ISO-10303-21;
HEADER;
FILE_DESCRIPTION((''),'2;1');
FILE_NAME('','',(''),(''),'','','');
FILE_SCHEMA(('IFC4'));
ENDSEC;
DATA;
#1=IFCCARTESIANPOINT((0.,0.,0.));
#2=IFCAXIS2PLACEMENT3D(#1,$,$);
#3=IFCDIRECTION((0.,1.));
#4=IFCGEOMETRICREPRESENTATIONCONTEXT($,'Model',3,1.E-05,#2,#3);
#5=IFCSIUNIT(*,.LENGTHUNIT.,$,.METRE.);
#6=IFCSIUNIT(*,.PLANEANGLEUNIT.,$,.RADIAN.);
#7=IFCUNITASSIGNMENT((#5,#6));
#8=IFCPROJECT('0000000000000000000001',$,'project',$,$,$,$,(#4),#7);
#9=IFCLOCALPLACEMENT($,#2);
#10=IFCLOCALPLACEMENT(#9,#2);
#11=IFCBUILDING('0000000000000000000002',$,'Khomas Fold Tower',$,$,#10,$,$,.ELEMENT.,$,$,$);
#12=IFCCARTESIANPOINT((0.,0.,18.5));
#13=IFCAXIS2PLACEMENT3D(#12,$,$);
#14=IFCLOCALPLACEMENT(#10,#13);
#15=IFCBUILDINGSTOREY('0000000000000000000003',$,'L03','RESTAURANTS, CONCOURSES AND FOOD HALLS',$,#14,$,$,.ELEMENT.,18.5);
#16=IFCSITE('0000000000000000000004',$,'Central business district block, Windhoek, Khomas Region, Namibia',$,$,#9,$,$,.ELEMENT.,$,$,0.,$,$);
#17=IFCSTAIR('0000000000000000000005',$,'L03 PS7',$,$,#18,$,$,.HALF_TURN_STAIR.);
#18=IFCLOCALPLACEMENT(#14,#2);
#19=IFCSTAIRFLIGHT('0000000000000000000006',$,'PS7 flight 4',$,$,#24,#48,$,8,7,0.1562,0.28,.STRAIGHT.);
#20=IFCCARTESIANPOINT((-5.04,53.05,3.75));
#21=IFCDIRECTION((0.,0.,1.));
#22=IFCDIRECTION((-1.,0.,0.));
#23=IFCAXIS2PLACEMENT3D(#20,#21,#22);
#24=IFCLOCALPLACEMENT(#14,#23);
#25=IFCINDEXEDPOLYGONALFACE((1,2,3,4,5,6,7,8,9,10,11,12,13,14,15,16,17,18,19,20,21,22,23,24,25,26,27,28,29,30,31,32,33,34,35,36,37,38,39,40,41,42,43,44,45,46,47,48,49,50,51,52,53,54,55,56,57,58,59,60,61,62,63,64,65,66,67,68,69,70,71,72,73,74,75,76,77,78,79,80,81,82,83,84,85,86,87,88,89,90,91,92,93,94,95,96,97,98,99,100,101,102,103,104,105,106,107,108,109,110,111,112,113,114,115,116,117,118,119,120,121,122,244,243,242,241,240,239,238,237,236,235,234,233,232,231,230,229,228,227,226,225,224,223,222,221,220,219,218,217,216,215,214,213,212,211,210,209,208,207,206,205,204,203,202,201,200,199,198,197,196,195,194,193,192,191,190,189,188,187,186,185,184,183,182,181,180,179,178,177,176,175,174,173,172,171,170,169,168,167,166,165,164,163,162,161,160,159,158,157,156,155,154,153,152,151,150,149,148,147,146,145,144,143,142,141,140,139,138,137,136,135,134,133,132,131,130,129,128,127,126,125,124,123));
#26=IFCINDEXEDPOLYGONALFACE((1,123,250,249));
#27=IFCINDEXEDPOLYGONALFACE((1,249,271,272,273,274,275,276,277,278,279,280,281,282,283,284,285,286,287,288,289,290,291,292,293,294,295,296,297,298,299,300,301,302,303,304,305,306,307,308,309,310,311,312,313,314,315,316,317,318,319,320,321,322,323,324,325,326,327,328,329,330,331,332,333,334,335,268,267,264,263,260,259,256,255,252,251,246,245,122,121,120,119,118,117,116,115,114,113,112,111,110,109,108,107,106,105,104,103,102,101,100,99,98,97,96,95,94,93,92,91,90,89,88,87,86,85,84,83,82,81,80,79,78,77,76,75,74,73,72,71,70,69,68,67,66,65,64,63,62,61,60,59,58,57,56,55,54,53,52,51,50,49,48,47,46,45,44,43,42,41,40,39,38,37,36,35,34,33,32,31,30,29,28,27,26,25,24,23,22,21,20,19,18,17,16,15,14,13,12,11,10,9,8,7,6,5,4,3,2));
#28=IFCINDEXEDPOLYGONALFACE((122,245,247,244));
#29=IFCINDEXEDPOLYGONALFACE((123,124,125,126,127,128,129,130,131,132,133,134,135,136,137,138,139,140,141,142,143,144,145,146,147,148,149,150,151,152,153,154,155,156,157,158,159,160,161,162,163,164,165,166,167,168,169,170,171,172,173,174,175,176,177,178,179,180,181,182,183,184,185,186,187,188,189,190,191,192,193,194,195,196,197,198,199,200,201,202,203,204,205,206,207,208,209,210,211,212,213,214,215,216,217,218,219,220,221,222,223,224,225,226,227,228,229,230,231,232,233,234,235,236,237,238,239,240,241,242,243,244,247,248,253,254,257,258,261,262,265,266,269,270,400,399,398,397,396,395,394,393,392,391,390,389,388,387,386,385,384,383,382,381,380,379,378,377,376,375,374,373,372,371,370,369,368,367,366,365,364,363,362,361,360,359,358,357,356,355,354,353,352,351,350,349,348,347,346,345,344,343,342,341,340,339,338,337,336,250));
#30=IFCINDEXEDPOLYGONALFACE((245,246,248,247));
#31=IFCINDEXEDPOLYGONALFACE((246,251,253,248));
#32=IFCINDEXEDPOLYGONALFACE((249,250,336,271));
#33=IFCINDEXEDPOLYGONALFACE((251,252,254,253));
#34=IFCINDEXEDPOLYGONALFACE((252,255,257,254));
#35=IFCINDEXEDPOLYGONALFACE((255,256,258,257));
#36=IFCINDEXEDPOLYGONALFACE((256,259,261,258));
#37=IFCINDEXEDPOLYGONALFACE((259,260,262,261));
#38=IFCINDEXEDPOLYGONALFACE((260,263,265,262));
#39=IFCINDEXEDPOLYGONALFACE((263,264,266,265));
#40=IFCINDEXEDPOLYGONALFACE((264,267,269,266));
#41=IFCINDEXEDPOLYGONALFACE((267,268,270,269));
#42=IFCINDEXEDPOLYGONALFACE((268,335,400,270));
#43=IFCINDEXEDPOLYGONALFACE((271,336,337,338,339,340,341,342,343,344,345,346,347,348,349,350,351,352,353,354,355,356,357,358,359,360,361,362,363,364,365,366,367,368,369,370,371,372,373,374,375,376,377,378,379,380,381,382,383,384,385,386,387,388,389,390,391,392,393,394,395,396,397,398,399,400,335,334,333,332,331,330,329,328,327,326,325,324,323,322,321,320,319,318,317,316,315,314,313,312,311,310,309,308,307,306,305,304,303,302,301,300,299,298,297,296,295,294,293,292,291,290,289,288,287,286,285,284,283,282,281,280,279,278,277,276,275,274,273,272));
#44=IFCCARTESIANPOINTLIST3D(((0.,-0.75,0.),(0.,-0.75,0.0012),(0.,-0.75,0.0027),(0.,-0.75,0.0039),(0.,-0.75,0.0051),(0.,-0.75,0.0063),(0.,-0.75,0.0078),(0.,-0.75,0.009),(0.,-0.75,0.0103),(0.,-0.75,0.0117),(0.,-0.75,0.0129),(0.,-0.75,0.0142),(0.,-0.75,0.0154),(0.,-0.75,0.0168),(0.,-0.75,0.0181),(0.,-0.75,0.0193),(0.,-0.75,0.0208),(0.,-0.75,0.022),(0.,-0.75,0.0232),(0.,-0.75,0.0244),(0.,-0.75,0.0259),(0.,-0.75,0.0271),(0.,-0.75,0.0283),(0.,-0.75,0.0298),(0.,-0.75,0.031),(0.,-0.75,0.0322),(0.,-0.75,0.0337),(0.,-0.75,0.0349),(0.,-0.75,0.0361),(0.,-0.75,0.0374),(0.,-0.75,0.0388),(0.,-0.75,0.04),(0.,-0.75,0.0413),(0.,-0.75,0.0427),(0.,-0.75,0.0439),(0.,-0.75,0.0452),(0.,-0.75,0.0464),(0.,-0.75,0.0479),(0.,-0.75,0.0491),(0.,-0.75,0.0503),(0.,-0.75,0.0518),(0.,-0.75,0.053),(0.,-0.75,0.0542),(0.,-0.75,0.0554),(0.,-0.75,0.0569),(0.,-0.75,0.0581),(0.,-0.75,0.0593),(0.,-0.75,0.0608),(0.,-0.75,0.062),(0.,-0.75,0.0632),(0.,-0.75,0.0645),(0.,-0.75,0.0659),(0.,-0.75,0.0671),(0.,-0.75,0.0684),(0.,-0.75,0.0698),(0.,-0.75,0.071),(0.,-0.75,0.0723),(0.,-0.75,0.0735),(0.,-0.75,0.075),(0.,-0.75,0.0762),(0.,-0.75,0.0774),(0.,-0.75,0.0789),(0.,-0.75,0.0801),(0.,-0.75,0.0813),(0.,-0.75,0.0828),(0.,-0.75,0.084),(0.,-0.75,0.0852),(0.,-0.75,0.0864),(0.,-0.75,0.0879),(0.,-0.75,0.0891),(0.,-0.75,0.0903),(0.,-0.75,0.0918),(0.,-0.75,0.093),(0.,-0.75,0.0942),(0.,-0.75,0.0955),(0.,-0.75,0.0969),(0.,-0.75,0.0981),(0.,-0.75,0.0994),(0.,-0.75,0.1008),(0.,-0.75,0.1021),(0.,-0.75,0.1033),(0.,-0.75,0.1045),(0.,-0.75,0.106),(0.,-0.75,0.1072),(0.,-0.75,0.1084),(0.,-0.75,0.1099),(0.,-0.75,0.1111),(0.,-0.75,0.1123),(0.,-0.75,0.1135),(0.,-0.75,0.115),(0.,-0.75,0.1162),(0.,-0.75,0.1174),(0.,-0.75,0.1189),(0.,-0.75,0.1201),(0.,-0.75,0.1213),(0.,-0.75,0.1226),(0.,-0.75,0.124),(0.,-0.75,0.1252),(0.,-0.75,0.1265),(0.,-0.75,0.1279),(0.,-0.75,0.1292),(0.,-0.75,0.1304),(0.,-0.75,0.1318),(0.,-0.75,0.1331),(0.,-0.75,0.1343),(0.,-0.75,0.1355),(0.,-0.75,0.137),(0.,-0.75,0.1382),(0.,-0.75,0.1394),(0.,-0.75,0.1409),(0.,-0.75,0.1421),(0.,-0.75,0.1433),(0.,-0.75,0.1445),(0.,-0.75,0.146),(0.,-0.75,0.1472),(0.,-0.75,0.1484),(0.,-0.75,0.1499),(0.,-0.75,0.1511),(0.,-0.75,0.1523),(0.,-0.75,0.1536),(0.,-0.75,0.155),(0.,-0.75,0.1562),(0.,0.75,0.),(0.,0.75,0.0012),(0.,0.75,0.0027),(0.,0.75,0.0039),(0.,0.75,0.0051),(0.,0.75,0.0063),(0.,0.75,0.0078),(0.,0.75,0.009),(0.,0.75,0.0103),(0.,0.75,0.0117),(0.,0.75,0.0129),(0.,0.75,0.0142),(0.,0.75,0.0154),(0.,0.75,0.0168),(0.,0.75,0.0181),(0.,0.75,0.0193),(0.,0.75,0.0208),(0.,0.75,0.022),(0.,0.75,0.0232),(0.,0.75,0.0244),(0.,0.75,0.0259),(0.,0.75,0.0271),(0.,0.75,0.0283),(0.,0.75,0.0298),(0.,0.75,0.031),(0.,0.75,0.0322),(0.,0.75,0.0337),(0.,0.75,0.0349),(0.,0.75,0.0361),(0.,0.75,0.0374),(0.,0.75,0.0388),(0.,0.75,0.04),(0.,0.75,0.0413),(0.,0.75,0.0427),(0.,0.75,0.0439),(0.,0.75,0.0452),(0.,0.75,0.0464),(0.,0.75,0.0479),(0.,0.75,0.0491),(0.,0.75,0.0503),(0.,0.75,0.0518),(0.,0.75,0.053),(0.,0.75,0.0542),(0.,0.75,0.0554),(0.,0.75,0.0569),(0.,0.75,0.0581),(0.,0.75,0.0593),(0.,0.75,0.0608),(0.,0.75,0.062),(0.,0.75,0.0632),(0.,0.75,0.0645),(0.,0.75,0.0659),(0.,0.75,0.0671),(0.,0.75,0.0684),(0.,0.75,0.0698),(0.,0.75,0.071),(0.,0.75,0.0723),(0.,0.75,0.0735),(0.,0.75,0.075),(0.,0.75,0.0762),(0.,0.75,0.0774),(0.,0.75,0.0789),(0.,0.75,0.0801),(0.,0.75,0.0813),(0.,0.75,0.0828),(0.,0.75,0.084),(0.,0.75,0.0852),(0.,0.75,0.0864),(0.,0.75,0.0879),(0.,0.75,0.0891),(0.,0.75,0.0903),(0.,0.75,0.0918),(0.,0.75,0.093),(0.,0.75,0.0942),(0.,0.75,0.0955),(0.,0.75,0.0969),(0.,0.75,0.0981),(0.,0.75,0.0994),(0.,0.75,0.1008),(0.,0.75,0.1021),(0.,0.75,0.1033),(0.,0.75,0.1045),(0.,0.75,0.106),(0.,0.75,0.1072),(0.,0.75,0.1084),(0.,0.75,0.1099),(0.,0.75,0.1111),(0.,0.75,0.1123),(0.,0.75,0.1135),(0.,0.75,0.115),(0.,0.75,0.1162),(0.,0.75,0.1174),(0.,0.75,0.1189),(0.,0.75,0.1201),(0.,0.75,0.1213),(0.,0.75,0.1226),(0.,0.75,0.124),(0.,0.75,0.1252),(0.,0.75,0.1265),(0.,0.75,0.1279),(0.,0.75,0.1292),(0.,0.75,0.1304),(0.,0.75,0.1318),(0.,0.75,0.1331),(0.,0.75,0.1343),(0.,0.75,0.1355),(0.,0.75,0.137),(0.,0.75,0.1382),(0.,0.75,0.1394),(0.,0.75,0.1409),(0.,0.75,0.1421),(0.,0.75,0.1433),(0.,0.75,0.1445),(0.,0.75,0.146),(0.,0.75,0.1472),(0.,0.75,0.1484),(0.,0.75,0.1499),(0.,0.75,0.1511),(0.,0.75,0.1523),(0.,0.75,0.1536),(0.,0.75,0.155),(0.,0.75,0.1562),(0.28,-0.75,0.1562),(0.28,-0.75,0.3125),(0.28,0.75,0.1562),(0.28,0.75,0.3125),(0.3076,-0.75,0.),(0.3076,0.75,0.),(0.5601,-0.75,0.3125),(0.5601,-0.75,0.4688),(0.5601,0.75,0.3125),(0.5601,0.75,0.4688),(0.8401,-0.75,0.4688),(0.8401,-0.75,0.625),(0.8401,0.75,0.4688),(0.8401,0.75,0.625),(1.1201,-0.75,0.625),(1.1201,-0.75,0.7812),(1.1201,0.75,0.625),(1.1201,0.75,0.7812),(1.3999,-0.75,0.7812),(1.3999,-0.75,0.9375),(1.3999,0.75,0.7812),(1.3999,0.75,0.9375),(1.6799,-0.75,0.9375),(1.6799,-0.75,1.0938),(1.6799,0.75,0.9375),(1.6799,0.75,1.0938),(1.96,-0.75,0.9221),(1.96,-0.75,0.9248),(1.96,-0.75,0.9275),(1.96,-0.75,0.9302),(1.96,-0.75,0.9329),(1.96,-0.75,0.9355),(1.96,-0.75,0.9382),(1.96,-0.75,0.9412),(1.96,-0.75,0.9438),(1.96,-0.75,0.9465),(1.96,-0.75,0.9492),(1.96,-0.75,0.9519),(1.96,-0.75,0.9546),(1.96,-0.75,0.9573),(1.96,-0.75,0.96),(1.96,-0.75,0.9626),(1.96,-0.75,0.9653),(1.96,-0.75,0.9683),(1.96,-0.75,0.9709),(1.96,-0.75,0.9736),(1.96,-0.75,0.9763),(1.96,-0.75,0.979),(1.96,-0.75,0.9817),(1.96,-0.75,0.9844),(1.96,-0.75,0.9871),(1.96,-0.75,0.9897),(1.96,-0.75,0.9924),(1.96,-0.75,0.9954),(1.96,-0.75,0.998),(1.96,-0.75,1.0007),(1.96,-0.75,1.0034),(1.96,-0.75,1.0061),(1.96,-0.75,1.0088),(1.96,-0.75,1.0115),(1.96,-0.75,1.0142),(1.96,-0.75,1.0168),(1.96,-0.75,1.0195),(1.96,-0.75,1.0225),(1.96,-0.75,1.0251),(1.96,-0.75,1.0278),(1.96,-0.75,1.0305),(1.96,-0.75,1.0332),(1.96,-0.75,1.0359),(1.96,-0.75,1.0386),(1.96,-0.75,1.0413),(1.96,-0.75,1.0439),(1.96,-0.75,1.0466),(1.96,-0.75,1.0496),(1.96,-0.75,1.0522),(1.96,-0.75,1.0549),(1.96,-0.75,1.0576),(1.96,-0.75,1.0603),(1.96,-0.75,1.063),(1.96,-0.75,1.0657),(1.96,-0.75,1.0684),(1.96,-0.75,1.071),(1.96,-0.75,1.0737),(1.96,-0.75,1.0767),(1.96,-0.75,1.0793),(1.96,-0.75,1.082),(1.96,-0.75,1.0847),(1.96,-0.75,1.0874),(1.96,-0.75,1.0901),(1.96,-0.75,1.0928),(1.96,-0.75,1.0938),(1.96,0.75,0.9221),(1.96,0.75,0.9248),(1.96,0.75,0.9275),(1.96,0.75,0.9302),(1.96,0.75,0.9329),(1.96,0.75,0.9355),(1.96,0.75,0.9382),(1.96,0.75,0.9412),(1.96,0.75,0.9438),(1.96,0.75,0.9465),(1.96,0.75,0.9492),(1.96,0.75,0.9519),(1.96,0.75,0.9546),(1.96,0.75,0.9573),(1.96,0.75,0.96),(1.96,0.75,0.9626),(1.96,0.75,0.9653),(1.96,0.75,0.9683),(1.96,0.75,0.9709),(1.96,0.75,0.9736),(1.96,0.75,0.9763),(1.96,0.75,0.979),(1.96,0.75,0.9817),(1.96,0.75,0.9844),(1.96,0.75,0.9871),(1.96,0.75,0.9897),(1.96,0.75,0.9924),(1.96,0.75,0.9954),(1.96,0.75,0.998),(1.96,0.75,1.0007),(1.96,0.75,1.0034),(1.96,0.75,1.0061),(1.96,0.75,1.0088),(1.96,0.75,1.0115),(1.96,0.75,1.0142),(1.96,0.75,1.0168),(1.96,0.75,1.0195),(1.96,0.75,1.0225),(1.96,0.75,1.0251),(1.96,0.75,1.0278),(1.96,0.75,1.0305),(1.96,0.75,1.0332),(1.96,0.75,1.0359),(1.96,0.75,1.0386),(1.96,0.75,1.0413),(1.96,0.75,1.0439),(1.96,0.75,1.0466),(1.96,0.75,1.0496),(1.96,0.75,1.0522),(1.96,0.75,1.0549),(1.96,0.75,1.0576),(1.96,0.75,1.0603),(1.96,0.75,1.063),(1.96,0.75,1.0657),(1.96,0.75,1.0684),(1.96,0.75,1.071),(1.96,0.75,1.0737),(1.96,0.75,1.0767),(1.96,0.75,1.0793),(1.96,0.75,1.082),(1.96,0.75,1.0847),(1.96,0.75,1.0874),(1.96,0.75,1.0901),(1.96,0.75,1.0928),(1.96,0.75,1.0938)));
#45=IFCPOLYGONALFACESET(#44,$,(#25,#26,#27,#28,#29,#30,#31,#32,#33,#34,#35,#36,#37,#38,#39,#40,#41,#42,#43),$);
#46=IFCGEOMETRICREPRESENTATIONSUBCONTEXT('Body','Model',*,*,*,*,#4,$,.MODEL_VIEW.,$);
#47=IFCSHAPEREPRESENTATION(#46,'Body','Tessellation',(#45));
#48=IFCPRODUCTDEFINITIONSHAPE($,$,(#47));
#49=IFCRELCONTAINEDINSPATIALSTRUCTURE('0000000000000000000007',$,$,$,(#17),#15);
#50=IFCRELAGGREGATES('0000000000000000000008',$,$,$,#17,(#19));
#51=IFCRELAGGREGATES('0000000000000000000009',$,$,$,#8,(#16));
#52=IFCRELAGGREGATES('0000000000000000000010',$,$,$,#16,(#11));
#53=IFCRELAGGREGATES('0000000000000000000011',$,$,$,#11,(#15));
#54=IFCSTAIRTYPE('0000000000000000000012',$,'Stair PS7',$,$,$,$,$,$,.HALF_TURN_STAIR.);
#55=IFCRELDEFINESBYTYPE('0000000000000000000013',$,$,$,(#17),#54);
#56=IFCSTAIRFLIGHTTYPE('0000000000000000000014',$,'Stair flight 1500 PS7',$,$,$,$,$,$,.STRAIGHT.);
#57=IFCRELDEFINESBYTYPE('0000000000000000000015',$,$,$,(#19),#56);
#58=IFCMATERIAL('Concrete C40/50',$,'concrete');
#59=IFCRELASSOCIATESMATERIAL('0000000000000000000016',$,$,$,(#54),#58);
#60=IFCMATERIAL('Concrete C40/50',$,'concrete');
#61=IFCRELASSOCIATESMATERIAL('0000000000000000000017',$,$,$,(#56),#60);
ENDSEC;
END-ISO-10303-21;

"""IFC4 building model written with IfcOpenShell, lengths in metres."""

from ifc_helpers import new_model, si_unit, direction, frame, origin, place, context, subcontext, project, spatial, polyline, outline, extrude, source, transform, mapped, material, type_object, element, aggregate, save


model = new_model("IFC4")

# Units and contexts
model_context = context("Model", 3, precision=1e-05, world=origin(), true_north=direction((0.0, 1.0)))
body_context = subcontext(model_context, "Body", "Model", "MODEL_VIEW")
ifc_project = project(units=[si_unit("LENGTHUNIT", "METRE"), si_unit("PLANEANGLEUNIT", "RADIAN")], contexts=[model_context])

# Site, building, storey
site_placement = place(None, origin())
site = spatial("IfcSite", under=ifc_project, at=site_placement, Name="Central business district block, Windhoek, Khomas Region, Namibia", CompositionType="ELEMENT", RefElevation=0.0)
building_placement = place(site_placement, origin())
building = spatial("IfcBuilding", under=site, at=building_placement, Name="Khomas Fold Tower", CompositionType="ELEMENT")
storey_placement = place(building_placement, frame((0.0, 0.0, 18.5)))
storey = spatial("IfcBuildingStorey", under=building, at=storey_placement, Name="L03", Description="RESTAURANTS, CONCOURSES AND FOOD HALLS", CompositionType="ELEMENT", Elevation=18.5)

# Stair, stair flight
ifc_material_1 = material(Name="Concrete C40/50", Category="concrete")
stair_type = type_object("IfcStairType", Name="Stair PS7", PredefinedType="HALF_TURN_STAIR", material=ifc_material_1)
stair_placement = place(storey_placement, origin())
stair = element("IfcStair", 1, at=stair_placement, inside=storey, type_object=stair_type, Name="L03 PS7", PredefinedType="HALF_TURN_STAIR")
ifc_material_2 = material(Name="Concrete C40/50", Category="concrete")
stair_flight_type = type_object("IfcStairFlightType", Name="Stair flight 1500 PS7", PredefinedType="STRAIGHT", material=ifc_material_2)
shared_shape_1 = source(origin(), body_context, "Body", "SweptSolid", [
    extrude(outline(polyline([(0.0, 0.0), (0.0, 0.0012), (0.0, 0.0027), (0.0, 0.0039), (0.0, 0.0051), (0.0, 0.0063), (0.0, 0.0078), (0.0, 0.009), (0.0, 0.0103), (0.0, 0.0117), (0.0, 0.0129), (0.0, 0.0142), (0.0, 0.0154), (0.0, 0.0168), (0.0, 0.0181), (0.0, 0.0193), (0.0, 0.0208), (0.0, 0.022), (0.0, 0.0232), (0.0, 0.0244), (0.0, 0.0259), (0.0, 0.0271), (0.0, 0.0283), (0.0, 0.0298), (0.0, 0.031), (0.0, 0.0322), (0.0, 0.0337), (0.0, 0.0349), (0.0, 0.0361), (0.0, 0.0374), (0.0, 0.0388), (0.0, 0.04), (0.0, 0.0413), (0.0, 0.0427), (0.0, 0.0439), (0.0, 0.0452), (0.0, 0.0464), (0.0, 0.0479), (0.0, 0.0491), (0.0, 0.0503), (0.0, 0.0518), (0.0, 0.053), (0.0, 0.0542), (0.0, 0.0554), (0.0, 0.0569), (0.0, 0.0581), (0.0, 0.0593), (0.0, 0.0608), (0.0, 0.062), (0.0, 0.0632), (0.0, 0.0645), (0.0, 0.0659), (0.0, 0.0671), (0.0, 0.0684), (0.0, 0.0698), (0.0, 0.071), (0.0, 0.0723), (0.0, 0.0735), (0.0, 0.075), (0.0, 0.0762), (0.0, 0.0774), (0.0, 0.0789), (0.0, 0.0801), (0.0, 0.0813), (0.0, 0.0828), (0.0, 0.084), (0.0, 0.0852), (0.0, 0.0864), (0.0, 0.0879), (0.0, 0.0891), (0.0, 0.0903), (0.0, 0.0918), (0.0, 0.093), (0.0, 0.0942), (0.0, 0.0955), (0.0, 0.0969), (0.0, 0.0981), (0.0, 0.0994), (0.0, 0.1008), (0.0, 0.1021), (0.0, 0.1033), (0.0, 0.1045), (0.0, 0.106), (0.0, 0.1072), (0.0, 0.1084), (0.0, 0.1099), (0.0, 0.1111), (0.0, 0.1123), (0.0, 0.1135), (0.0, 0.115), (0.0, 0.1162), (0.0, 0.1174), (0.0, 0.1189), (0.0, 0.1201), (0.0, 0.1213), (0.0, 0.1226), (0.0, 0.124), (0.0, 0.1252), (0.0, 0.1265), (0.0, 0.1279), (0.0, 0.1292), (0.0, 0.1304), (0.0, 0.1318), (0.0, 0.1331), (0.0, 0.1343), (0.0, 0.1355), (0.0, 0.137), (0.0, 0.1382), (0.0, 0.1394), (0.0, 0.1409), (0.0, 0.1421), (0.0, 0.1433), (0.0, 0.1445), (0.0, 0.146), (0.0, 0.1472), (0.0, 0.1484), (0.0, 0.1499), (0.0, 0.1511), (0.0, 0.1523), (0.0, 0.1536), (0.0, 0.155), (0.0, 0.1562), (0.28, 0.1562), (0.28, 0.3125), (0.5601, 0.3125), (0.5601, 0.4688), (0.8401, 0.4688), (0.8401, 0.625), (1.1201, 0.625), (1.1201, 0.7812), (1.3999, 0.7812), (1.3999, 0.9375), (1.6799, 0.9375), (1.6799, 1.0938), (1.96, 1.0938), (1.96, 1.25), (1.96, 1.2473), (1.96, 1.2446), (1.96, 1.2419), (1.96, 1.2393), (1.96, 1.2363), (1.96, 1.2336), (1.96, 1.231), (1.96, 1.2283), (1.96, 1.2256), (1.96, 1.2229), (1.96, 1.2202), (1.96, 1.2175), (1.96, 1.2148), (1.96, 1.2122), (1.96, 1.2092), (1.96, 1.2065), (1.96, 1.2039), (1.96, 1.2012), (1.96, 1.1985), (1.96, 1.1958), (1.96, 1.1931), (1.96, 1.1904), (1.96, 1.1877), (1.96, 1.1851), (1.96, 1.1821), (1.96, 1.1794), (1.96, 1.1768), (1.96, 1.1741), (1.96, 1.1714), (1.96, 1.1687), (1.96, 1.166), (1.96, 1.1633), (1.96, 1.1606), (1.96, 1.158), (1.96, 1.155), (1.96, 1.1523), (1.96, 1.1497), (1.96, 1.147), (1.96, 1.1443), (1.96, 1.1416), (1.96, 1.1389), (1.96, 1.1362), (1.96, 1.1335), (1.96, 1.1309), (1.96, 1.1279), (1.96, 1.1252), (1.96, 1.1226), (1.96, 1.1199), (1.96, 1.1172), (1.96, 1.1145), (1.96, 1.1118), (1.96, 1.1091), (1.96, 1.1064), (1.96, 1.1038), (1.96, 1.1008), (1.96, 1.0981), (1.96, 1.0955), (1.96, 1.0928), (1.96, 1.0901), (1.96, 1.0874), (1.96, 1.0847), (1.96, 1.082), (1.96, 1.0793), (1.96, 1.0767), (1.96, 1.0737), (1.96, 1.071), (1.96, 1.0684), (1.96, 1.0657), (1.96, 1.063), (1.96, 1.0603), (1.96, 1.0576), (1.96, 1.0549), (1.96, 1.0522), (1.96, 1.0496), (1.96, 1.0466), (1.96, 1.0439), (1.96, 1.0413), (1.96, 1.0386), (1.96, 1.0359), (1.96, 1.0332), (1.96, 1.0305), (1.96, 1.0278), (1.96, 1.0251), (1.96, 1.0225), (1.96, 1.0195), (1.96, 1.0168), (1.96, 1.0142), (1.96, 1.0115), (1.96, 1.0088), (1.96, 1.0061), (1.96, 1.0034), (1.96, 1.0007), (1.96, 0.998), (1.96, 0.9954), (1.96, 0.9924), (1.96, 0.9897), (1.96, 0.9871), (1.96, 0.9844), (1.96, 0.9817), (1.96, 0.979), (1.96, 0.9763), (1.96, 0.9736), (1.96, 0.9709), (1.96, 0.9683), (1.96, 0.9653), (1.96, 0.9626), (1.96, 0.96), (1.96, 0.9573), (1.96, 0.9546), (1.96, 0.9519), (1.96, 0.9492), (1.96, 0.9465), (1.96, 0.9438), (1.96, 0.9412), (1.96, 0.9382), (1.96, 0.9355), (1.96, 0.9329), (1.96, 0.9302), (1.96, 0.9275), (1.96, 0.9248), (1.96, 0.9221), (0.3076, 0.0), (0.0, 0.0)])), frame((0.0, 0.75, 0.0), z_axis=(0.0, -1.0, 0.0), x_axis=(1.0, 0.0, 0.0)), (0.0, 0.0, 1.0), 1.5),
])
stair_flight_1_placement = place(storey_placement, frame((-5.04, 53.05, 3.75), z_axis=(0.0, 0.0, 1.0), x_axis=(-1.0, 0.0, 0.0)))
stair_flight_1 = element("IfcStairFlight", 2, at=stair_flight_1_placement, type_object=stair_flight_type, Name="PS7 flight 4", NumberOfRisers=8, NumberOfTreads=7, PredefinedType="STRAIGHT", RiserHeight=0.1562, TreadLength=0.28, context=body_context, shape_type="MappedRepresentation", body=[
    mapped(shared_shape_1, transform((0.0, 0.0, 0.0))),
])
aggregate(stair, [stair_flight_1])

save(model, "model.ifc")
